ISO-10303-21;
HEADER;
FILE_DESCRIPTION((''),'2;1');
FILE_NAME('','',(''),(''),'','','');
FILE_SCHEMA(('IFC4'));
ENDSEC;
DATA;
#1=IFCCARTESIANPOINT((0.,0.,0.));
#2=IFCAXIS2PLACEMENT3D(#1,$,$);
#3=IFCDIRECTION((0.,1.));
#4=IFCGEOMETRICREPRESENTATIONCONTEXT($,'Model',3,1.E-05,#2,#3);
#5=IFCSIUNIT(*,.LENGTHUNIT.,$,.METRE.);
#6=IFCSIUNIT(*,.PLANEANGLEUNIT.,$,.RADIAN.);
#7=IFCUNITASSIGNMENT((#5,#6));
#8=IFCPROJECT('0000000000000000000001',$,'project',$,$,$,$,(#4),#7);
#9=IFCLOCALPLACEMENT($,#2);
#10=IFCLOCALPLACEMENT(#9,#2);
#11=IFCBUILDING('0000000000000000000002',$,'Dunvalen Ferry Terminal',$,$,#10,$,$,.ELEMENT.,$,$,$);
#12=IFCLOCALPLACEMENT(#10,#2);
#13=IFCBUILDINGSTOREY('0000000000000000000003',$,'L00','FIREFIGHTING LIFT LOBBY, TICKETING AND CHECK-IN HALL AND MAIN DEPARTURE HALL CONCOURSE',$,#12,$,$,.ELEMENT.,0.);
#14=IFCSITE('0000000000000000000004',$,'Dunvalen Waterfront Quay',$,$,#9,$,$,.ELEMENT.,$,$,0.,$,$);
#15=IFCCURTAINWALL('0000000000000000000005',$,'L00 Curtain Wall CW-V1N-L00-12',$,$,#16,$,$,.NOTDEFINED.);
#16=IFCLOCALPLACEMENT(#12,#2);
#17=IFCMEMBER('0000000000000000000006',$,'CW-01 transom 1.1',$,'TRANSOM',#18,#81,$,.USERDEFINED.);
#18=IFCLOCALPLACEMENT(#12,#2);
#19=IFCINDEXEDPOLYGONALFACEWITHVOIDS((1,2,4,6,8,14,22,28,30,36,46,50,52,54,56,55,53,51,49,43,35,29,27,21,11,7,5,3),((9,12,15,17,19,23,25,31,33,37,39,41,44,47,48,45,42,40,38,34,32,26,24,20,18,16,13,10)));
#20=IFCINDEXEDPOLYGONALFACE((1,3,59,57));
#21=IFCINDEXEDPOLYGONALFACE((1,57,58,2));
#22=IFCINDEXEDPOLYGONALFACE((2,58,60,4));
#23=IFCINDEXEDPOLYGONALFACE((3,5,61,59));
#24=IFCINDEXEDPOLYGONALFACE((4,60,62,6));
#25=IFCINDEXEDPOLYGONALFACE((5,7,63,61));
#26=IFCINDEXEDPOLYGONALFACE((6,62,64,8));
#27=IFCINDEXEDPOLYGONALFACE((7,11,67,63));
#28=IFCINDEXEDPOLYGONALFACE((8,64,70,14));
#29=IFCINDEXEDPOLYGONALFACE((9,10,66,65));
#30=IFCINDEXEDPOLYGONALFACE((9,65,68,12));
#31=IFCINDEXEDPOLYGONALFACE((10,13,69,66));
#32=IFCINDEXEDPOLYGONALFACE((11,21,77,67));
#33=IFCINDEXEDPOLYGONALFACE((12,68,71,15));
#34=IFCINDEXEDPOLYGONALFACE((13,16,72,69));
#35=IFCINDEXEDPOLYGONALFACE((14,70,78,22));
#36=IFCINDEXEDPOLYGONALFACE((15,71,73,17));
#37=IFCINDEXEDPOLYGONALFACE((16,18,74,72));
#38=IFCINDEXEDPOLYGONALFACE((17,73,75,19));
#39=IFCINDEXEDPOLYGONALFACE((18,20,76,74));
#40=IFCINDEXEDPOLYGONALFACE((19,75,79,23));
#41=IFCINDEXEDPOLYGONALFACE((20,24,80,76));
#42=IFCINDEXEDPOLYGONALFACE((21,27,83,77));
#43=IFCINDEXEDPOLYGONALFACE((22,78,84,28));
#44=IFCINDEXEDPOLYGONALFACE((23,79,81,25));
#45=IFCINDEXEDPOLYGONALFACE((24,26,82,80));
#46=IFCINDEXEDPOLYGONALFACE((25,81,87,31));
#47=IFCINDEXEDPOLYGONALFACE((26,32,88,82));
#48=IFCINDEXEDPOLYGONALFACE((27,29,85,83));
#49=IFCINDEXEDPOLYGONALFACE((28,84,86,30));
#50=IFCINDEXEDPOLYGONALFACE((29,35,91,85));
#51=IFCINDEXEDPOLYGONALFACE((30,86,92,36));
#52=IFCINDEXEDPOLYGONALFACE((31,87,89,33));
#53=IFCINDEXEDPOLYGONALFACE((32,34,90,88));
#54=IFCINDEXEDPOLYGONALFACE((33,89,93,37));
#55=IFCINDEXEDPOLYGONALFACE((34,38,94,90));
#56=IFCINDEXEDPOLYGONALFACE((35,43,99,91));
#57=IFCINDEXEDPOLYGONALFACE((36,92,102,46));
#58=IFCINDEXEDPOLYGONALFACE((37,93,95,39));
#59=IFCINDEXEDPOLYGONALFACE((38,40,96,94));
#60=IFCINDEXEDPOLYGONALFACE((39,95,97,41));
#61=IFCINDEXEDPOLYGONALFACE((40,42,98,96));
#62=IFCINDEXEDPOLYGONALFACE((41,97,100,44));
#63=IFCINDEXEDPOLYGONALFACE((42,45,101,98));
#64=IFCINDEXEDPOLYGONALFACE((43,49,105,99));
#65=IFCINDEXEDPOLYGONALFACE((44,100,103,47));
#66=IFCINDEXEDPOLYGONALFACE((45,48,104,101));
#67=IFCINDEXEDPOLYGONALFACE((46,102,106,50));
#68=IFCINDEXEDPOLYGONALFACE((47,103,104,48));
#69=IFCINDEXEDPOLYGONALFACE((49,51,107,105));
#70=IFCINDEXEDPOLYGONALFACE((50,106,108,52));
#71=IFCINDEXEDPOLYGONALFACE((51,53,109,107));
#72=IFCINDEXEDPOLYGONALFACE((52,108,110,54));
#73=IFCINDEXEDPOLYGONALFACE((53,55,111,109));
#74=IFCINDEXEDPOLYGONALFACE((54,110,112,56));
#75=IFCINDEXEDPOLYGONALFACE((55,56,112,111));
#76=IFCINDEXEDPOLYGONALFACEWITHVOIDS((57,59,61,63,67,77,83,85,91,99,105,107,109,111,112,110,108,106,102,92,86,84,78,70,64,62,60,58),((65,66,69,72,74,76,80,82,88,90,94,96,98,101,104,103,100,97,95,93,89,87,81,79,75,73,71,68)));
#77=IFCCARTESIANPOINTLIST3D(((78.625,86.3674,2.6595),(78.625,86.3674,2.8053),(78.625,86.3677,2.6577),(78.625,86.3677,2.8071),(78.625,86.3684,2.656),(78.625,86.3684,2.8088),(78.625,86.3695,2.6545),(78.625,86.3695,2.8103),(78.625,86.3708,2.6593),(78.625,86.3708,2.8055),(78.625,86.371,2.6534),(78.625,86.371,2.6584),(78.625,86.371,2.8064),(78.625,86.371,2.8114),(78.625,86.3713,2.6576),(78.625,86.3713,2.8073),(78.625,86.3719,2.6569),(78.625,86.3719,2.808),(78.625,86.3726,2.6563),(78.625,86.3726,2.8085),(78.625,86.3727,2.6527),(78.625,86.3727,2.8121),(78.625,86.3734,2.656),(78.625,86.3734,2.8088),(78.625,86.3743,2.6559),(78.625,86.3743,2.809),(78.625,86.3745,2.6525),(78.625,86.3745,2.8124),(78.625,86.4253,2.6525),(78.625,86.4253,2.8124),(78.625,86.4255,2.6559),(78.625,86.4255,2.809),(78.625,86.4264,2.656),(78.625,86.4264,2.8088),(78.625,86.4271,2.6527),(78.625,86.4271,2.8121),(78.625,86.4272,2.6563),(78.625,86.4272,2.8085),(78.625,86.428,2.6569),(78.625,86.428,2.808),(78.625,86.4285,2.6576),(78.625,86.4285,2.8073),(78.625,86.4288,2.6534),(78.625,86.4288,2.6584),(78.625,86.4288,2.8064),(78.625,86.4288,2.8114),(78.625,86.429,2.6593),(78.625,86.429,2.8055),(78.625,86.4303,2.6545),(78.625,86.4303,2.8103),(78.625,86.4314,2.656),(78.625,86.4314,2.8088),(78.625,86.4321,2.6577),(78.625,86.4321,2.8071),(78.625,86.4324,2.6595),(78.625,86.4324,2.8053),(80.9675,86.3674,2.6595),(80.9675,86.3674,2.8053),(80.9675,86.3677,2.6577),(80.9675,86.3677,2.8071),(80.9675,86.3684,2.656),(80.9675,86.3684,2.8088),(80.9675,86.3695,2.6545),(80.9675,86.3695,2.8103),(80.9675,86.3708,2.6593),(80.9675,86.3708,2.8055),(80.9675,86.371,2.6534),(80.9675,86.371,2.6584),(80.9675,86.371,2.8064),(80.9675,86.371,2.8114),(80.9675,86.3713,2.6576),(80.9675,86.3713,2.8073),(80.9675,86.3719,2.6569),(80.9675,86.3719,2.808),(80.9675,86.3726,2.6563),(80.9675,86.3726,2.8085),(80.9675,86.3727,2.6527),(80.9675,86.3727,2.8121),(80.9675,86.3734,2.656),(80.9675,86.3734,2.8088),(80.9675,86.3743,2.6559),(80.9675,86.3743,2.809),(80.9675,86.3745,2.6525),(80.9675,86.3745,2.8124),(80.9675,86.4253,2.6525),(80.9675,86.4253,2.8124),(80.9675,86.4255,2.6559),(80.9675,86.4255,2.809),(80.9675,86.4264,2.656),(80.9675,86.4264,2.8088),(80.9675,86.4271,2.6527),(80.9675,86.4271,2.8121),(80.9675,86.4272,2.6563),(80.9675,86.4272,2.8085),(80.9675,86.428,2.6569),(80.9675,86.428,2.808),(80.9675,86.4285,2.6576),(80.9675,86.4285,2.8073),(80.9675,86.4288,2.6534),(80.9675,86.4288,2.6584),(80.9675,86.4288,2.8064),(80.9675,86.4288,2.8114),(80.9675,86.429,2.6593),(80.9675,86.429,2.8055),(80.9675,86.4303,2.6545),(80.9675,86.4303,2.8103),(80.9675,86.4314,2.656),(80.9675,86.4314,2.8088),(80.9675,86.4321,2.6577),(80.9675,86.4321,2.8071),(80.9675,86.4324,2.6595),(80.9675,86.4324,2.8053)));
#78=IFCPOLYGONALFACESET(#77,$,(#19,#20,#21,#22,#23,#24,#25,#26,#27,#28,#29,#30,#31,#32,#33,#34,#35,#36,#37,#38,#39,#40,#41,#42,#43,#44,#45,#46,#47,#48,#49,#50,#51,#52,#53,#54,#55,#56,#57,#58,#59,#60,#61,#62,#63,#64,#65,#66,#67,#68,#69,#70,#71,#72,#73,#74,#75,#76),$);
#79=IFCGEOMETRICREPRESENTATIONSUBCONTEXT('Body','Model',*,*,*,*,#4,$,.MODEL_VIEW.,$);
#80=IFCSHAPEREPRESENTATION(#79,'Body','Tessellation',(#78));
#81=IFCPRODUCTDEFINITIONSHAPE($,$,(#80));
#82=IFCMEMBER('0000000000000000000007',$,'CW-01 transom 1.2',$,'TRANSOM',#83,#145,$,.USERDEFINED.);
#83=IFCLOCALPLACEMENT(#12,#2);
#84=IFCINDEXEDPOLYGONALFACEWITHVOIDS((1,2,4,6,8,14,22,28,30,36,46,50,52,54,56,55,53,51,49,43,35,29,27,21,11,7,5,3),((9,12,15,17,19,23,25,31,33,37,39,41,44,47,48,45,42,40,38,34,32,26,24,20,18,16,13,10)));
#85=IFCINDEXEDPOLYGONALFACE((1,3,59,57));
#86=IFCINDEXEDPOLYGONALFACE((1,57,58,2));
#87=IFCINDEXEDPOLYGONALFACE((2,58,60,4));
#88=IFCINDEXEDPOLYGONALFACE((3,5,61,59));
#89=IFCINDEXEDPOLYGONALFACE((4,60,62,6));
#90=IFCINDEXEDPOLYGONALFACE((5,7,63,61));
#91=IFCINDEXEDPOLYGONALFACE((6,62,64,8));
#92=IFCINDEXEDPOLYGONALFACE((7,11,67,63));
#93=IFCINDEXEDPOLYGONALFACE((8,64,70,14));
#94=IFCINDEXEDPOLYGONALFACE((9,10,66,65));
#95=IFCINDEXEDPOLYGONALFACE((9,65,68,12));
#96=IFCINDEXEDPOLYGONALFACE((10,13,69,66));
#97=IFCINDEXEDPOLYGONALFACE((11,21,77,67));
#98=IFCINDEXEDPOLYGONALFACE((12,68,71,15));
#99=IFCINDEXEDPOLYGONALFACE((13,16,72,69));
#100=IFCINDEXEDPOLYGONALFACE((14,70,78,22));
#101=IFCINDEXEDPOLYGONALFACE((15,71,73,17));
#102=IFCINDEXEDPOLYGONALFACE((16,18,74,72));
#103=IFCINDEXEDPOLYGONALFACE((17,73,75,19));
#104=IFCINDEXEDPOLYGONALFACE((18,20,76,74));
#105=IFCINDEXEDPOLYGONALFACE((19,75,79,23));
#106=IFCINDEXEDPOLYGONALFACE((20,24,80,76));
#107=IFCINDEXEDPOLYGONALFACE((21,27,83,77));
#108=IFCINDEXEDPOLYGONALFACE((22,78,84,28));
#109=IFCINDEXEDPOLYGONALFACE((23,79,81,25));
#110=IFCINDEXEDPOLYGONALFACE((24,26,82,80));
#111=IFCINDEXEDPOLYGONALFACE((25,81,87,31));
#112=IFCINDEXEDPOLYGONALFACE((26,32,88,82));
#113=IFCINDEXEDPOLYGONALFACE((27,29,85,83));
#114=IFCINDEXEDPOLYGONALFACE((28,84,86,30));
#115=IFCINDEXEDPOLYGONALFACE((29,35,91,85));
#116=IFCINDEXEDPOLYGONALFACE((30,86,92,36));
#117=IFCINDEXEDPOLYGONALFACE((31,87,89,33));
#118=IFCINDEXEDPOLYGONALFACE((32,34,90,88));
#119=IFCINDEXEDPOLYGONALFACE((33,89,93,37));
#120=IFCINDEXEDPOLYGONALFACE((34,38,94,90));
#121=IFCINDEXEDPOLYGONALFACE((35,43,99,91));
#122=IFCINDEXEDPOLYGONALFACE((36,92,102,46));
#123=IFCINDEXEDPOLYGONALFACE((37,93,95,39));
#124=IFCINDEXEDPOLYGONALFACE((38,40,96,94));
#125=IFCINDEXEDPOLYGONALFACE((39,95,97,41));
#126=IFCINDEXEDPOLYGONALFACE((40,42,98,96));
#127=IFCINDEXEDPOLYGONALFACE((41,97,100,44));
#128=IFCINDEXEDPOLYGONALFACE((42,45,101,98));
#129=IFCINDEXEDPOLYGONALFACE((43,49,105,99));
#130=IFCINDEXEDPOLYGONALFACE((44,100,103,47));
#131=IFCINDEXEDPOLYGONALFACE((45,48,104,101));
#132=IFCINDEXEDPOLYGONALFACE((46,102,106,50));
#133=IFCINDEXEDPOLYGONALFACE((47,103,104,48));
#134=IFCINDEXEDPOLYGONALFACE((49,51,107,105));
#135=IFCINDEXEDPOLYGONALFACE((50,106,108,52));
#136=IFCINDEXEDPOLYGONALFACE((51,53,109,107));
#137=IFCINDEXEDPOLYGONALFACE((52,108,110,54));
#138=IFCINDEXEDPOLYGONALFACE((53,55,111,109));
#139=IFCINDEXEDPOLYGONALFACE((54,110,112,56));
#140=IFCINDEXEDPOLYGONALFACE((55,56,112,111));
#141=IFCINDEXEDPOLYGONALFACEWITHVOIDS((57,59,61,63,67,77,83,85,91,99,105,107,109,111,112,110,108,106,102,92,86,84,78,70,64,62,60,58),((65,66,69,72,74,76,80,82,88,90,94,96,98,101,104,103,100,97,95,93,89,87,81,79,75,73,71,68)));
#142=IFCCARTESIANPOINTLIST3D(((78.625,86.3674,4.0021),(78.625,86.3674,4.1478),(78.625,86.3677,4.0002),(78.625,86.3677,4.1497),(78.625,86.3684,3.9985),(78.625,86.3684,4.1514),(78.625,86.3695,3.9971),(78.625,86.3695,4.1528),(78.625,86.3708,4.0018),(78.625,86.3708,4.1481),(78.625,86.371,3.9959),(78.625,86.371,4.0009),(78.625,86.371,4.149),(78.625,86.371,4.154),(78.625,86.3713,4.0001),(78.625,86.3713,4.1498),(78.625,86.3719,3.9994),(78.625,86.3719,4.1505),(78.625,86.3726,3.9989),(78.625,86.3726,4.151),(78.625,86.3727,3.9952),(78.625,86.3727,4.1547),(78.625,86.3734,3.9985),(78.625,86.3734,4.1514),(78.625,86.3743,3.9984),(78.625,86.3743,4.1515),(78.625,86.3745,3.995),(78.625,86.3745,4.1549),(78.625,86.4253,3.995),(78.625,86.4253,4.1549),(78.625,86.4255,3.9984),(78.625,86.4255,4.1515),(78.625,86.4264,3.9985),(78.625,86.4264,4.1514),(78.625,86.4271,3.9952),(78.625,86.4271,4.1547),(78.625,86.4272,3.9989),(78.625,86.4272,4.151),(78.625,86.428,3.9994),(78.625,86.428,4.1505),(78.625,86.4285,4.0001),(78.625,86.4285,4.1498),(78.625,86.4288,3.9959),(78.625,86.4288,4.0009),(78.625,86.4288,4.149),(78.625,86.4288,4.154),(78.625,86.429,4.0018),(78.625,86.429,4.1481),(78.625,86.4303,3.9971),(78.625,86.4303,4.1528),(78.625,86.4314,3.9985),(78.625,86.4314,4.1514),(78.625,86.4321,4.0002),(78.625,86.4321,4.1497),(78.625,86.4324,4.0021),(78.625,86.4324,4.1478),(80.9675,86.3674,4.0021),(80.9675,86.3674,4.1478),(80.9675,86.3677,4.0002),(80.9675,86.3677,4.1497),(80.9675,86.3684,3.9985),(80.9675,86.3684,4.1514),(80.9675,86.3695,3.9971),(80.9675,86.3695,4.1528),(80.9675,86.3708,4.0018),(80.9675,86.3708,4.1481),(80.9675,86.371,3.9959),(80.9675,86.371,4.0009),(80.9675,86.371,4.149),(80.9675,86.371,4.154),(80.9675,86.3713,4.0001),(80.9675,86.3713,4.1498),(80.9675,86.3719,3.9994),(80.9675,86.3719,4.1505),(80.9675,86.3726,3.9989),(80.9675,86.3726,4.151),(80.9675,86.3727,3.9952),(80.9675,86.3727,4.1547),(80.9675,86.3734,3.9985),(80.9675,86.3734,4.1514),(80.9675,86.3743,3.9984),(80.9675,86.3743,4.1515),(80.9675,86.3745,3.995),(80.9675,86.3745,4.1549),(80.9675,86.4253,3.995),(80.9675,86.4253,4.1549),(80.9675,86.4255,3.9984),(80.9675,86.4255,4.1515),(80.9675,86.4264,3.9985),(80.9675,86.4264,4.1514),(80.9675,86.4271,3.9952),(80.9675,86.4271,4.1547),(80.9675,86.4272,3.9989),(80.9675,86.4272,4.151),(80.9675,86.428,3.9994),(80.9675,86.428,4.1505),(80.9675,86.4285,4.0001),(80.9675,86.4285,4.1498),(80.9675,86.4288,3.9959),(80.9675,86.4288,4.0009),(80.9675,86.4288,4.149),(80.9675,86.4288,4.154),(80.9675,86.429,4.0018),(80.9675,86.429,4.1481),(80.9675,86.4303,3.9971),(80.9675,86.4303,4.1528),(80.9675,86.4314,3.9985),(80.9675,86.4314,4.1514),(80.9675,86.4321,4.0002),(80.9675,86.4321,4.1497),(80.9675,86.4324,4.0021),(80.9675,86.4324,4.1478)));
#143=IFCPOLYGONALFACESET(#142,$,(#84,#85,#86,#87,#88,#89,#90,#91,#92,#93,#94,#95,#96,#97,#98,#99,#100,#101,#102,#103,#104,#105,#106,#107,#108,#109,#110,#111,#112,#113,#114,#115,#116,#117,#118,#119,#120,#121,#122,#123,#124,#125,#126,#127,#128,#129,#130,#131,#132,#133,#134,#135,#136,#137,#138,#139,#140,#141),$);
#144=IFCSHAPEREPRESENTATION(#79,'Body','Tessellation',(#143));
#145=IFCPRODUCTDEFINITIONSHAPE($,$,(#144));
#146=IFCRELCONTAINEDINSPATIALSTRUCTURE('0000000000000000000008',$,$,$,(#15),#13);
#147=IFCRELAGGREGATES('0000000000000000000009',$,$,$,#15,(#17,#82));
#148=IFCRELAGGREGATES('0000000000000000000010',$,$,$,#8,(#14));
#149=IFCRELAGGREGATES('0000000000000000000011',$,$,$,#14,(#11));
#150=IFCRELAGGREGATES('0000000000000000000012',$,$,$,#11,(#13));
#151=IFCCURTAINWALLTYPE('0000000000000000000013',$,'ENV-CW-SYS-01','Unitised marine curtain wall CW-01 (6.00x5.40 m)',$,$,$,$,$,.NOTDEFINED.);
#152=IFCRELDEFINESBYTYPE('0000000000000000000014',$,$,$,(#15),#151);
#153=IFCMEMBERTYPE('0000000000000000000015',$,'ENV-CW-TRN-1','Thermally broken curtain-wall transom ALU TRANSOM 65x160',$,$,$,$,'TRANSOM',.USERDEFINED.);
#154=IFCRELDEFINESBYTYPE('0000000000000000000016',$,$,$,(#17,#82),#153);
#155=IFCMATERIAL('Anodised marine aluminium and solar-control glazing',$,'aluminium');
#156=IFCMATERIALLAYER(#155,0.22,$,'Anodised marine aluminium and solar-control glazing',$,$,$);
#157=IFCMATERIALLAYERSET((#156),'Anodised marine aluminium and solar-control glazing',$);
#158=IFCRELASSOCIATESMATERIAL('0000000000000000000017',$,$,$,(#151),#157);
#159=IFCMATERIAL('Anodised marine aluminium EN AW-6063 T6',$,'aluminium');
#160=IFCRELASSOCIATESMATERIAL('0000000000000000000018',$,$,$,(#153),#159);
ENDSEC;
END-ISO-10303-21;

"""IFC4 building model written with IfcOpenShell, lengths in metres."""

from ifc_helpers import new_model, si_unit, direction, frame, origin, origin_2d, place, context, subcontext, project, spatial, hollow_rectangle, extrude, material, layer, layer_set, material_profile, profile_set, type_object, element, aggregate, save


model = new_model("IFC4")

# Units and contexts
model_context = context("Model", 3, precision=1e-05, world=origin(), true_north=direction((0.0, 1.0)))
body_context = subcontext(model_context, "Body", "Model", "MODEL_VIEW")
ifc_project = project(units=[si_unit("LENGTHUNIT", "METRE"), si_unit("PLANEANGLEUNIT", "RADIAN")], contexts=[model_context])

# Site, building, storey
site_placement = place(None, origin())
site = spatial("IfcSite", under=ifc_project, at=site_placement, Name="Dunvalen Waterfront Quay", CompositionType="ELEMENT", RefElevation=0.0)
building_placement = place(site_placement, origin())
building = spatial("IfcBuilding", under=site, at=building_placement, Name="Dunvalen Ferry Terminal", CompositionType="ELEMENT")
storey_placement = place(building_placement, origin())
storey = spatial("IfcBuildingStorey", under=building, at=storey_placement, Name="L00", Description="FIREFIGHTING LIFT LOBBY, TICKETING AND CHECK-IN HALL AND MAIN DEPARTURE HALL CONCOURSE", CompositionType="ELEMENT", Elevation=0.0)

# Curtain wall
ifc_material_1 = material(Name="Anodised marine aluminium and solar-control glazing", Category="aluminium")
ifc_layer_1 = layer(ifc_material_1, 0.22, Name="Anodised marine aluminium and solar-control glazing")
ifc_layer_set_1 = layer_set([ifc_layer_1], Name="Anodised marine aluminium and solar-control glazing")
curtain_wall_type = type_object("IfcCurtainWallType", Name="ENV-CW-SYS-01", Description="Unitised marine curtain wall CW-01 (6.00x5.40 m)", PredefinedType="NOTDEFINED", material=ifc_layer_set_1)
ifc_material_2 = material(Name="Anodised marine aluminium EN AW-6063 T6", Category="aluminium")
curtain_wall_1_placement = place(storey_placement, origin())
curtain_wall_1 = element("IfcCurtainWall", 1, at=curtain_wall_1_placement, inside=storey, type_object=curtain_wall_type, Name="L00 Curtain Wall CW-V1N-L00-12", PredefinedType="NOTDEFINED")

# Members
ifc_material_profile_1 = material_profile(ifc_material_2, hollow_rectangle(XDim=0.0649, YDim=0.1599, WallThickness=0.0034, InnerFilletRadius=0.0034, OuterFilletRadius=0.0071, at=origin_2d()), Name="Anodised marine aluminium EN AW-6063 T6")
ifc_profile_set_1 = profile_set([ifc_material_profile_1], Name="Anodised marine aluminium EN AW-6063 T6")
member_type_1 = type_object("IfcMemberType", Name="ENV-CW-TRN-1", Description="Thermally broken curtain-wall transom ALU TRANSOM 65x160", ElementType="TRANSOM", PredefinedType="USERDEFINED", material=ifc_profile_set_1)
member_1_placement = place(storey_placement, frame((78.625, 86.3999, 2.7324), z_axis=(1.0, 0.0, 0.0), x_axis=(0.0, 1.0, 0.0)))
member_1 = element("IfcMember", 2, at=member_1_placement, type_object=member_type_1, Name="CW-01 transom 1.1", ObjectType="TRANSOM", PredefinedType="USERDEFINED", context=body_context, shape_type="SweptSolid", body=[
    extrude(hollow_rectangle(XDim=0.0649, YDim=0.1599, WallThickness=0.0034, InnerFilletRadius=0.0034, OuterFilletRadius=0.0071, at=origin_2d()), origin(), (0.0, 0.0, 1.0), 2.3425),
])
member_2_placement = place(storey_placement, frame((78.625, 86.3999, 4.075), z_axis=(1.0, 0.0, 0.0), x_axis=(0.0, 1.0, 0.0)))
member_2 = element("IfcMember", 3, at=member_2_placement, type_object=member_type_1, Name="CW-01 transom 1.2", ObjectType="TRANSOM", PredefinedType="USERDEFINED", context=body_context, shape_type="SweptSolid", body=[
    extrude(hollow_rectangle(XDim=0.0649, YDim=0.1599, WallThickness=0.0034, InnerFilletRadius=0.0034, OuterFilletRadius=0.0071, at=origin_2d()), origin(), (0.0, 0.0, 1.0), 2.3425),
])

aggregate(curtain_wall_1, [member_1, member_2])

save(model, "model.ifc")
